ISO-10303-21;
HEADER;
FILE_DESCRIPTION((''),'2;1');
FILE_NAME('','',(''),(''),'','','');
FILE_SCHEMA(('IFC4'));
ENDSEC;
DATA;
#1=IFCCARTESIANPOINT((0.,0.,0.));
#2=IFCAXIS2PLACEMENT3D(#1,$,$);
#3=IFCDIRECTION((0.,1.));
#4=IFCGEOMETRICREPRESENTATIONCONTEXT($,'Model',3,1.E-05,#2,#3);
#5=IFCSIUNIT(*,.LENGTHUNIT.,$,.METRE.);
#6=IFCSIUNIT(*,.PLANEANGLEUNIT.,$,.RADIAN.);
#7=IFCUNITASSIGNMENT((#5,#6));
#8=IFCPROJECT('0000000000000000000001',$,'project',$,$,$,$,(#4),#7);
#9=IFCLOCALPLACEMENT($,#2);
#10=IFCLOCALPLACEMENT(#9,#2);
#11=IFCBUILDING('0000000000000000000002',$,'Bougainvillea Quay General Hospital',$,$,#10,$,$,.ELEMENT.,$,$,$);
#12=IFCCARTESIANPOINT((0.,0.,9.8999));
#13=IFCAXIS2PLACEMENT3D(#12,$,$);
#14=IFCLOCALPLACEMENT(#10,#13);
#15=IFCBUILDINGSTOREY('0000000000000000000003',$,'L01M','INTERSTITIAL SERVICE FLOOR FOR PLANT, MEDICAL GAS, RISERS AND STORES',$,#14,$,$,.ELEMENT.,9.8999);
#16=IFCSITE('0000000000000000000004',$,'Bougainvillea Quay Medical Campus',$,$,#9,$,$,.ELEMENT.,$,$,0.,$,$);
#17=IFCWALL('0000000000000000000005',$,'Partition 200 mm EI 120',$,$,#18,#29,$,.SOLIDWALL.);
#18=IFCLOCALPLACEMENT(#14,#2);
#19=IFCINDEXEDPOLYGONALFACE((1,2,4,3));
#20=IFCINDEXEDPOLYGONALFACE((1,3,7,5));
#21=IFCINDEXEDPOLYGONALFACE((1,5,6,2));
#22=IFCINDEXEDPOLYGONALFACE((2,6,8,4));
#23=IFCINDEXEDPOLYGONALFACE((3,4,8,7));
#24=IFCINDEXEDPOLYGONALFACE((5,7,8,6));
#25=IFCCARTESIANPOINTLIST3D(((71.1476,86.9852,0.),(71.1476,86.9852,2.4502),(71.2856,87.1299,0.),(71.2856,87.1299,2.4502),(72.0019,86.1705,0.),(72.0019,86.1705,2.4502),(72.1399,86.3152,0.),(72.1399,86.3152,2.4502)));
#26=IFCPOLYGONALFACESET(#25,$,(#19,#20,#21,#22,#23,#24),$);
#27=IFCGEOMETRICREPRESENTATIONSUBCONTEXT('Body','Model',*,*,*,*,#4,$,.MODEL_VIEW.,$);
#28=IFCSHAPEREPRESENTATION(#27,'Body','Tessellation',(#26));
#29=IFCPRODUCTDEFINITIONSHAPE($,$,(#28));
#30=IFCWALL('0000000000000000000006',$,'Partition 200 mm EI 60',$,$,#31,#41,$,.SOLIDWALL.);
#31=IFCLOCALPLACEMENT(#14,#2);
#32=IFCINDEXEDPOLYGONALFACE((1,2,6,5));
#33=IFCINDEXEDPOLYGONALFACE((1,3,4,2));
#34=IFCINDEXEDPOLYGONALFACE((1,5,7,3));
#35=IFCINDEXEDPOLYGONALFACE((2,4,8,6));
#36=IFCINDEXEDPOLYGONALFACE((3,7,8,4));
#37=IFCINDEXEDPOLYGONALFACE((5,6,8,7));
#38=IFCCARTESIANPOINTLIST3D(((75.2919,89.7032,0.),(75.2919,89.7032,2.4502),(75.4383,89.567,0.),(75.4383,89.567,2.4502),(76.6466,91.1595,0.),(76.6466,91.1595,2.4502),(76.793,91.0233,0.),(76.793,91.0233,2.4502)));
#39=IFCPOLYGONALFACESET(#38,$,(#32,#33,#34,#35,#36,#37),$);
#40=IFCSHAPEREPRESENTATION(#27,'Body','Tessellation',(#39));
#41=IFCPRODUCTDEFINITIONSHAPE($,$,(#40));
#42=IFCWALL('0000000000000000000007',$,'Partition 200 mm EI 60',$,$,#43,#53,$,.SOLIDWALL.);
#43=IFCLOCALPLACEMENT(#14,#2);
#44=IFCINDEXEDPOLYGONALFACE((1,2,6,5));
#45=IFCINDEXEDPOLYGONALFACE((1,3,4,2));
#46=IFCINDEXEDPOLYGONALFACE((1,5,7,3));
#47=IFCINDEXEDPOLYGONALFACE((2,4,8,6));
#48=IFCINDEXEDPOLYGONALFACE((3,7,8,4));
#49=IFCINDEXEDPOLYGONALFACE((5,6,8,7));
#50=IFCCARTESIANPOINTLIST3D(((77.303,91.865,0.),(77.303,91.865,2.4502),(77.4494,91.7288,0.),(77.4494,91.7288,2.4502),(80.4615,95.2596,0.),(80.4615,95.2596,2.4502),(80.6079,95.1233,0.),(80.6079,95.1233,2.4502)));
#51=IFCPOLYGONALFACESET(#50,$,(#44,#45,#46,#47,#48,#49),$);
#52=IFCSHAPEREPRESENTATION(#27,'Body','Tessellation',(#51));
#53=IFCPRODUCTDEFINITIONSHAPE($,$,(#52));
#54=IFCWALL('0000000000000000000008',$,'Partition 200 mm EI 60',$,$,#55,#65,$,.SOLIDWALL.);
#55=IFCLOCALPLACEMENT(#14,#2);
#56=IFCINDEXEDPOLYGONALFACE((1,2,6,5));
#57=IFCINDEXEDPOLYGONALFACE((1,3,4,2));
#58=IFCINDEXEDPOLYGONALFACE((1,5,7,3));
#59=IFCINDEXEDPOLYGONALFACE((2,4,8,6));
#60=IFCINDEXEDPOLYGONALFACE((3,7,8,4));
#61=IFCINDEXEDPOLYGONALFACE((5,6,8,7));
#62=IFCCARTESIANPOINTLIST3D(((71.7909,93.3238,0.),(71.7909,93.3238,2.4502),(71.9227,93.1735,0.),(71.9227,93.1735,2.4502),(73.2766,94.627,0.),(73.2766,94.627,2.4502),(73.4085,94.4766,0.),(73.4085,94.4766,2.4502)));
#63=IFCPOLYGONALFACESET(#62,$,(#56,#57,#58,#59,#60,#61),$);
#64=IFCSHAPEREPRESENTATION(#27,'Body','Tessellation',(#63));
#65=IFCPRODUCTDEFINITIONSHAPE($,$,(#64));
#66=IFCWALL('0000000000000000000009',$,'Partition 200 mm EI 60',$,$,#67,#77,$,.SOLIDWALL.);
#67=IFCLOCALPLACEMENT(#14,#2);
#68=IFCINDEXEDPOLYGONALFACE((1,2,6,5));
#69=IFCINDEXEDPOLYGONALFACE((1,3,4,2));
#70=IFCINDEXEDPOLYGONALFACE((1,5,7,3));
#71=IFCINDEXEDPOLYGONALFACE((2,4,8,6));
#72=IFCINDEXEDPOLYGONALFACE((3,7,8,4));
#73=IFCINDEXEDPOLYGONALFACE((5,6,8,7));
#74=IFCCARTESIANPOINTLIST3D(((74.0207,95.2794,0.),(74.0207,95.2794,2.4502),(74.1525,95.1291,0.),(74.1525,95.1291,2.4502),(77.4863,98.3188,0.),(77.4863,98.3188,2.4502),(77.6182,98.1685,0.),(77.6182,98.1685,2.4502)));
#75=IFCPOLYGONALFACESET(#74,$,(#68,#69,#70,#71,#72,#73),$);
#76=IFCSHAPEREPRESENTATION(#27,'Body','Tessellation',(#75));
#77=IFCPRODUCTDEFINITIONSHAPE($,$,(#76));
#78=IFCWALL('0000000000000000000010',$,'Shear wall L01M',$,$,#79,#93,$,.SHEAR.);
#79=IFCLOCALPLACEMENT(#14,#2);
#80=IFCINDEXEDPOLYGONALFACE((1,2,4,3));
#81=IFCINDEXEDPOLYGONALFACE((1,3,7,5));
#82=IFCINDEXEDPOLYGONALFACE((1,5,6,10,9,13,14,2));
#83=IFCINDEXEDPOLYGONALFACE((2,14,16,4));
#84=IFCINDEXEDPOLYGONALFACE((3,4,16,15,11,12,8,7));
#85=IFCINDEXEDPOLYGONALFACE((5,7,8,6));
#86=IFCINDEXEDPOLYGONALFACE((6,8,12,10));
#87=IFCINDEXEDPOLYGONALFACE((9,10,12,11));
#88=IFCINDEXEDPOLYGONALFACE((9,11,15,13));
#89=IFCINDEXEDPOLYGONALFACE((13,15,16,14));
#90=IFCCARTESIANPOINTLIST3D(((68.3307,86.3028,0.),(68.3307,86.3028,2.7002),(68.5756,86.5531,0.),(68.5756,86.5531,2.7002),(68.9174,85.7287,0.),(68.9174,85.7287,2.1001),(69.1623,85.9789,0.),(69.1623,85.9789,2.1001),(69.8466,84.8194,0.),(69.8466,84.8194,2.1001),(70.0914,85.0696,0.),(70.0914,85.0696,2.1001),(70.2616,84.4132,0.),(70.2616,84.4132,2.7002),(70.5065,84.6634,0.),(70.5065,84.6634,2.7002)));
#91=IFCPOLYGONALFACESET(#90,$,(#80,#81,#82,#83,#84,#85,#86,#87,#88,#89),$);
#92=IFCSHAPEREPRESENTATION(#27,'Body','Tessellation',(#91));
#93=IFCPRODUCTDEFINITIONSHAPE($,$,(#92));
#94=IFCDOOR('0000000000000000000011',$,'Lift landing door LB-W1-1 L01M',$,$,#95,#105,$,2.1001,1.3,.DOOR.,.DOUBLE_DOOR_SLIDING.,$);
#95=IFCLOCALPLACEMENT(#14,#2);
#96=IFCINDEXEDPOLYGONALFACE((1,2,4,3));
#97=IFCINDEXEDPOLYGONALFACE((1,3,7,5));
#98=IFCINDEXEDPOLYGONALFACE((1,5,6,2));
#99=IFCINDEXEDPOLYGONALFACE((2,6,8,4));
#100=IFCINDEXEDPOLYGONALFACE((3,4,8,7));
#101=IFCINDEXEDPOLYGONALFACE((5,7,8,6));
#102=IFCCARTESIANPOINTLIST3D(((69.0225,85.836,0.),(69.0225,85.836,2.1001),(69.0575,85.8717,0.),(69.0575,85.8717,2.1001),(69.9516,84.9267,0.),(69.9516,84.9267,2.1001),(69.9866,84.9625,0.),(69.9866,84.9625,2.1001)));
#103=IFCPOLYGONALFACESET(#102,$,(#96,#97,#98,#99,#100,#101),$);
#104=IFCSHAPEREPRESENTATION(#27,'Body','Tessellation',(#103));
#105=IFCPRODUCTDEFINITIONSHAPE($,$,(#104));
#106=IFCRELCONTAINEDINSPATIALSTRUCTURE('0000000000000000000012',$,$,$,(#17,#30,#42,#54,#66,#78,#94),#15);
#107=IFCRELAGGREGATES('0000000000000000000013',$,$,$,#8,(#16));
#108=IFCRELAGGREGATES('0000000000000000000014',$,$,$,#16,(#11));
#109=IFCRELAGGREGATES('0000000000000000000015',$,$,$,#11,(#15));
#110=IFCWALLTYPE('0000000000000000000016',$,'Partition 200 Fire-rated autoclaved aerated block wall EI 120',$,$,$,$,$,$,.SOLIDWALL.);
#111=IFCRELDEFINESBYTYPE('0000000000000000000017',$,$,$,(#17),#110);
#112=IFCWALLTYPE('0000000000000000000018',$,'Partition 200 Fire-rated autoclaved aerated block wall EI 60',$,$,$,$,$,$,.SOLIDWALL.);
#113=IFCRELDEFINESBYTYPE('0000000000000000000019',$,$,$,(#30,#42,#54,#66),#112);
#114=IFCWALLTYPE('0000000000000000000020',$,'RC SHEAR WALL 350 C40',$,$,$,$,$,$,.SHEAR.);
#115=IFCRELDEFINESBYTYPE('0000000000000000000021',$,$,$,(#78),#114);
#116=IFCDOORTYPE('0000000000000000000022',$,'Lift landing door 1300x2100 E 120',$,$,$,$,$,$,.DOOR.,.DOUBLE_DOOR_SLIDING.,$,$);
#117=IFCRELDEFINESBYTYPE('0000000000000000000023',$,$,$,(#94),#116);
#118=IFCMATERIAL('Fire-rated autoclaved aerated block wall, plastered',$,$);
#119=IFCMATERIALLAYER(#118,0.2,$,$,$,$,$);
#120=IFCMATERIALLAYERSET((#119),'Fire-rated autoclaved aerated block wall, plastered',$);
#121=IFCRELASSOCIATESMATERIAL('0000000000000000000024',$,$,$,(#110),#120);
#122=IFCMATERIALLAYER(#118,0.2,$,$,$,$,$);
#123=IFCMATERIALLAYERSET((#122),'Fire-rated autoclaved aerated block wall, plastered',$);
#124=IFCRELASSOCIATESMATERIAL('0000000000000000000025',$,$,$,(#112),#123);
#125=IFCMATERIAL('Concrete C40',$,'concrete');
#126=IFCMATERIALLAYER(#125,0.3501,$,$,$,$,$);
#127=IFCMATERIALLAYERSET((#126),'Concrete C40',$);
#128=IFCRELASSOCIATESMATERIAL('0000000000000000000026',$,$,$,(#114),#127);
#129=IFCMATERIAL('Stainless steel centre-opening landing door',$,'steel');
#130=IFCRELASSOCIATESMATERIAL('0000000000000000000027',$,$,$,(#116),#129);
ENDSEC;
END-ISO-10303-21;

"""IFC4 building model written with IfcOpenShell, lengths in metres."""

from ifc_helpers import new_model, si_unit, direction, frame, frame_2d, origin, place, context, subcontext, project, spatial, rectangle, extrude, material, layer, layer_set, type_object, element, fill, save


model = new_model("IFC4")

# Units and contexts
model_context = context("Model", 3, precision=1e-05, world=origin(), true_north=direction((0.0, 1.0)))
body_context = subcontext(model_context, "Body", "Model", "MODEL_VIEW")
ifc_project = project(units=[si_unit("LENGTHUNIT", "METRE"), si_unit("PLANEANGLEUNIT", "RADIAN")], contexts=[model_context])

# Site, building, storey
site_placement = place(None, origin())
site = spatial("IfcSite", under=ifc_project, at=site_placement, Name="Bougainvillea Quay Medical Campus", CompositionType="ELEMENT", RefElevation=0.0)
building_placement = place(site_placement, origin())
building = spatial("IfcBuilding", under=site, at=building_placement, Name="Bougainvillea Quay General Hospital", CompositionType="ELEMENT")
storey_placement = place(building_placement, frame((0.0, 0.0, 9.8999)))
storey = spatial("IfcBuildingStorey", under=building, at=storey_placement, Name="L01M", Description="INTERSTITIAL SERVICE FLOOR FOR PLANT, MEDICAL GAS, RISERS AND STORES", CompositionType="ELEMENT", Elevation=9.8999)

# Shared definitions
ifc_material_1 = material(Name="Fire-rated autoclaved aerated block wall, plastered")
ifc_layer_1 = layer(ifc_material_1, 0.2)
ifc_layer_set_1 = layer_set([ifc_layer_1], Name="Fire-rated autoclaved aerated block wall, plastered")
wall_type_1 = type_object("IfcWallType", Name="Partition 200 Fire-rated autoclaved aerated block wall EI 120", PredefinedType="SOLIDWALL", material=ifc_layer_set_1)

# Walls
wall_1_placement = place(storey_placement, frame((71.2166, 87.0576, 0.0), z_axis=(0.0, 0.0, 1.0), x_axis=(0.723661, -0.690156, 0.0)))
element("IfcWall", 1, at=wall_1_placement, inside=storey, type_object=wall_type_1, Name="Partition 200 mm EI 120", PredefinedType="SOLIDWALL", context=body_context, shape_type="SweptSolid", body=[
    extrude(rectangle(XDim=1.1804, YDim=0.2, at=frame_2d((0.5903, 0.0))), origin(), (0.0, 0.0, 1.0), 2.4502),
])
ifc_layer_2 = layer(ifc_material_1, 0.2)
ifc_layer_set_2 = layer_set([ifc_layer_2], Name="Fire-rated autoclaved aerated block wall, plastered")
wall_type_2 = type_object("IfcWallType", Name="Partition 200 Fire-rated autoclaved aerated block wall EI 60", PredefinedType="SOLIDWALL", material=ifc_layer_set_2)
wall_2_placement = place(storey_placement, frame((75.365, 89.635, 0.0), z_axis=(0.0, 0.0, 1.0), x_axis=(0.681115, 0.732177, 0.0)))
element("IfcWall", 2, at=wall_2_placement, inside=storey, type_object=wall_type_2, Name="Partition 200 mm EI 60", PredefinedType="SOLIDWALL", context=body_context, shape_type="SweptSolid", body=[
    extrude(rectangle(XDim=1.989, YDim=0.2, at=frame_2d((0.9946, 0.0))), origin(), (0.0, 0.0, 1.0), 2.4502),
])
wall_3_placement = place(storey_placement, frame((77.3762, 91.7969, 0.0), z_axis=(0.0, 0.0, 1.0), x_axis=(0.68119, 0.732107, 0.0)))
element("IfcWall", 3, at=wall_3_placement, inside=storey, type_object=wall_type_2, Name="Partition 200 mm EI 60", PredefinedType="SOLIDWALL", context=body_context, shape_type="SweptSolid", body=[
    extrude(rectangle(XDim=4.6367, YDim=0.2, at=frame_2d((2.3184, 0.0))), origin(), (0.0, 0.0, 1.0), 2.4502),
])
wall_4_placement = place(storey_placement, frame((71.8567, 93.2485, 0.0), z_axis=(0.0, 0.0, 1.0), x_axis=(0.751796, 0.659396, 0.0)))
element("IfcWall", 4, at=wall_4_placement, inside=storey, type_object=wall_type_2, Name="Partition 200 mm EI 60", PredefinedType="SOLIDWALL", context=body_context, shape_type="SweptSolid", body=[
    extrude(rectangle(XDim=1.9763, YDim=0.2, at=frame_2d((0.9883, 0.0))), origin(), (0.0, 0.0, 1.0), 2.4502),
])
wall_5_placement = place(storey_placement, frame((74.0867, 95.2043, 0.0), z_axis=(0.0, 0.0, 1.0), x_axis=(0.751831, 0.659355, 0.0)))
element("IfcWall", 5, at=wall_5_placement, inside=storey, type_object=wall_type_2, Name="Partition 200 mm EI 60", PredefinedType="SOLIDWALL", context=body_context, shape_type="SweptSolid", body=[
    extrude(rectangle(XDim=4.6096, YDim=0.2, at=frame_2d((2.3047, 0.0))), origin(), (0.0, 0.0, 1.0), 2.4502),
])

# Wall, opening, door
ifc_material_2 = material(Name="Concrete C40", Category="concrete")
ifc_layer_3 = layer(ifc_material_2, 0.3501)
ifc_layer_set_3 = layer_set([ifc_layer_3], Name="Concrete C40")
wall_type_3 = type_object("IfcWallType", Name="RC SHEAR WALL 350 C40", PredefinedType="SHEAR", material=ifc_layer_set_3)
wall_6_placement = place(storey_placement, frame((70.384, 84.5383, 0.0), z_axis=(0.0, 0.0, 1.0), x_axis=(-0.714701, 0.69943, 0.0)))
wall_6 = element("IfcWall", 6, at=wall_6_placement, inside=storey, type_object=wall_type_3, Name="Shear wall L01M", PredefinedType="SHEAR", context=body_context, shape_type="SweptSolid", body=[
    extrude(rectangle(XDim=2.7017, YDim=0.3501, at=frame_2d((1.3508, 0.0))), origin(), (0.0, 0.0, 1.0), 2.7002),
])
opening_1_placement = place(wall_6_placement, frame((0.5808, 0.0, 0.0)))
opening_1 = element("IfcOpeningElement", 7, at=opening_1_placement, cuts=wall_6, PredefinedType="OPENING", context=body_context, shape_type="SweptSolid", body=[
    extrude(rectangle(XDim=1.3, YDim=2.1001, at=frame_2d((0.6499, 1.05))), frame((0.0, 0.1851, 0.0), z_axis=(0.0, -1.0, 0.0), x_axis=(1.0, 0.0, 0.0)), (0.0, 0.0, 1.0), 0.3701),
])
ifc_material_3 = material(Name="Stainless steel centre-opening landing door", Category="steel")
door_type_1 = type_object("IfcDoorType", Name="Lift landing door 1300x2100 E 120", OperationType="DOUBLE_DOOR_SLIDING", PredefinedType="DOOR", material=ifc_material_3)
door_1_placement = place(opening_1_placement, origin())
door_1 = element("IfcDoor", 8, at=door_1_placement, inside=storey, type_object=door_type_1, Name="Lift landing door LB-W1-1 L01M", OperationType="DOUBLE_DOOR_SLIDING", OverallHeight=2.1001, OverallWidth=1.3, PredefinedType="DOOR", context=body_context, shape_type="SweptSolid", body=[
    extrude(rectangle(XDim=1.3, YDim=2.1001, at=frame_2d((0.6499, 1.05))), frame((0.0, 0.0249, 0.0), z_axis=(0.0, -1.0, 0.0), x_axis=(1.0, 0.0, 0.0)), (0.0, 0.0, 1.0), 0.05),
])
fill(opening_1, door_1)

save(model, "model.ifc")
